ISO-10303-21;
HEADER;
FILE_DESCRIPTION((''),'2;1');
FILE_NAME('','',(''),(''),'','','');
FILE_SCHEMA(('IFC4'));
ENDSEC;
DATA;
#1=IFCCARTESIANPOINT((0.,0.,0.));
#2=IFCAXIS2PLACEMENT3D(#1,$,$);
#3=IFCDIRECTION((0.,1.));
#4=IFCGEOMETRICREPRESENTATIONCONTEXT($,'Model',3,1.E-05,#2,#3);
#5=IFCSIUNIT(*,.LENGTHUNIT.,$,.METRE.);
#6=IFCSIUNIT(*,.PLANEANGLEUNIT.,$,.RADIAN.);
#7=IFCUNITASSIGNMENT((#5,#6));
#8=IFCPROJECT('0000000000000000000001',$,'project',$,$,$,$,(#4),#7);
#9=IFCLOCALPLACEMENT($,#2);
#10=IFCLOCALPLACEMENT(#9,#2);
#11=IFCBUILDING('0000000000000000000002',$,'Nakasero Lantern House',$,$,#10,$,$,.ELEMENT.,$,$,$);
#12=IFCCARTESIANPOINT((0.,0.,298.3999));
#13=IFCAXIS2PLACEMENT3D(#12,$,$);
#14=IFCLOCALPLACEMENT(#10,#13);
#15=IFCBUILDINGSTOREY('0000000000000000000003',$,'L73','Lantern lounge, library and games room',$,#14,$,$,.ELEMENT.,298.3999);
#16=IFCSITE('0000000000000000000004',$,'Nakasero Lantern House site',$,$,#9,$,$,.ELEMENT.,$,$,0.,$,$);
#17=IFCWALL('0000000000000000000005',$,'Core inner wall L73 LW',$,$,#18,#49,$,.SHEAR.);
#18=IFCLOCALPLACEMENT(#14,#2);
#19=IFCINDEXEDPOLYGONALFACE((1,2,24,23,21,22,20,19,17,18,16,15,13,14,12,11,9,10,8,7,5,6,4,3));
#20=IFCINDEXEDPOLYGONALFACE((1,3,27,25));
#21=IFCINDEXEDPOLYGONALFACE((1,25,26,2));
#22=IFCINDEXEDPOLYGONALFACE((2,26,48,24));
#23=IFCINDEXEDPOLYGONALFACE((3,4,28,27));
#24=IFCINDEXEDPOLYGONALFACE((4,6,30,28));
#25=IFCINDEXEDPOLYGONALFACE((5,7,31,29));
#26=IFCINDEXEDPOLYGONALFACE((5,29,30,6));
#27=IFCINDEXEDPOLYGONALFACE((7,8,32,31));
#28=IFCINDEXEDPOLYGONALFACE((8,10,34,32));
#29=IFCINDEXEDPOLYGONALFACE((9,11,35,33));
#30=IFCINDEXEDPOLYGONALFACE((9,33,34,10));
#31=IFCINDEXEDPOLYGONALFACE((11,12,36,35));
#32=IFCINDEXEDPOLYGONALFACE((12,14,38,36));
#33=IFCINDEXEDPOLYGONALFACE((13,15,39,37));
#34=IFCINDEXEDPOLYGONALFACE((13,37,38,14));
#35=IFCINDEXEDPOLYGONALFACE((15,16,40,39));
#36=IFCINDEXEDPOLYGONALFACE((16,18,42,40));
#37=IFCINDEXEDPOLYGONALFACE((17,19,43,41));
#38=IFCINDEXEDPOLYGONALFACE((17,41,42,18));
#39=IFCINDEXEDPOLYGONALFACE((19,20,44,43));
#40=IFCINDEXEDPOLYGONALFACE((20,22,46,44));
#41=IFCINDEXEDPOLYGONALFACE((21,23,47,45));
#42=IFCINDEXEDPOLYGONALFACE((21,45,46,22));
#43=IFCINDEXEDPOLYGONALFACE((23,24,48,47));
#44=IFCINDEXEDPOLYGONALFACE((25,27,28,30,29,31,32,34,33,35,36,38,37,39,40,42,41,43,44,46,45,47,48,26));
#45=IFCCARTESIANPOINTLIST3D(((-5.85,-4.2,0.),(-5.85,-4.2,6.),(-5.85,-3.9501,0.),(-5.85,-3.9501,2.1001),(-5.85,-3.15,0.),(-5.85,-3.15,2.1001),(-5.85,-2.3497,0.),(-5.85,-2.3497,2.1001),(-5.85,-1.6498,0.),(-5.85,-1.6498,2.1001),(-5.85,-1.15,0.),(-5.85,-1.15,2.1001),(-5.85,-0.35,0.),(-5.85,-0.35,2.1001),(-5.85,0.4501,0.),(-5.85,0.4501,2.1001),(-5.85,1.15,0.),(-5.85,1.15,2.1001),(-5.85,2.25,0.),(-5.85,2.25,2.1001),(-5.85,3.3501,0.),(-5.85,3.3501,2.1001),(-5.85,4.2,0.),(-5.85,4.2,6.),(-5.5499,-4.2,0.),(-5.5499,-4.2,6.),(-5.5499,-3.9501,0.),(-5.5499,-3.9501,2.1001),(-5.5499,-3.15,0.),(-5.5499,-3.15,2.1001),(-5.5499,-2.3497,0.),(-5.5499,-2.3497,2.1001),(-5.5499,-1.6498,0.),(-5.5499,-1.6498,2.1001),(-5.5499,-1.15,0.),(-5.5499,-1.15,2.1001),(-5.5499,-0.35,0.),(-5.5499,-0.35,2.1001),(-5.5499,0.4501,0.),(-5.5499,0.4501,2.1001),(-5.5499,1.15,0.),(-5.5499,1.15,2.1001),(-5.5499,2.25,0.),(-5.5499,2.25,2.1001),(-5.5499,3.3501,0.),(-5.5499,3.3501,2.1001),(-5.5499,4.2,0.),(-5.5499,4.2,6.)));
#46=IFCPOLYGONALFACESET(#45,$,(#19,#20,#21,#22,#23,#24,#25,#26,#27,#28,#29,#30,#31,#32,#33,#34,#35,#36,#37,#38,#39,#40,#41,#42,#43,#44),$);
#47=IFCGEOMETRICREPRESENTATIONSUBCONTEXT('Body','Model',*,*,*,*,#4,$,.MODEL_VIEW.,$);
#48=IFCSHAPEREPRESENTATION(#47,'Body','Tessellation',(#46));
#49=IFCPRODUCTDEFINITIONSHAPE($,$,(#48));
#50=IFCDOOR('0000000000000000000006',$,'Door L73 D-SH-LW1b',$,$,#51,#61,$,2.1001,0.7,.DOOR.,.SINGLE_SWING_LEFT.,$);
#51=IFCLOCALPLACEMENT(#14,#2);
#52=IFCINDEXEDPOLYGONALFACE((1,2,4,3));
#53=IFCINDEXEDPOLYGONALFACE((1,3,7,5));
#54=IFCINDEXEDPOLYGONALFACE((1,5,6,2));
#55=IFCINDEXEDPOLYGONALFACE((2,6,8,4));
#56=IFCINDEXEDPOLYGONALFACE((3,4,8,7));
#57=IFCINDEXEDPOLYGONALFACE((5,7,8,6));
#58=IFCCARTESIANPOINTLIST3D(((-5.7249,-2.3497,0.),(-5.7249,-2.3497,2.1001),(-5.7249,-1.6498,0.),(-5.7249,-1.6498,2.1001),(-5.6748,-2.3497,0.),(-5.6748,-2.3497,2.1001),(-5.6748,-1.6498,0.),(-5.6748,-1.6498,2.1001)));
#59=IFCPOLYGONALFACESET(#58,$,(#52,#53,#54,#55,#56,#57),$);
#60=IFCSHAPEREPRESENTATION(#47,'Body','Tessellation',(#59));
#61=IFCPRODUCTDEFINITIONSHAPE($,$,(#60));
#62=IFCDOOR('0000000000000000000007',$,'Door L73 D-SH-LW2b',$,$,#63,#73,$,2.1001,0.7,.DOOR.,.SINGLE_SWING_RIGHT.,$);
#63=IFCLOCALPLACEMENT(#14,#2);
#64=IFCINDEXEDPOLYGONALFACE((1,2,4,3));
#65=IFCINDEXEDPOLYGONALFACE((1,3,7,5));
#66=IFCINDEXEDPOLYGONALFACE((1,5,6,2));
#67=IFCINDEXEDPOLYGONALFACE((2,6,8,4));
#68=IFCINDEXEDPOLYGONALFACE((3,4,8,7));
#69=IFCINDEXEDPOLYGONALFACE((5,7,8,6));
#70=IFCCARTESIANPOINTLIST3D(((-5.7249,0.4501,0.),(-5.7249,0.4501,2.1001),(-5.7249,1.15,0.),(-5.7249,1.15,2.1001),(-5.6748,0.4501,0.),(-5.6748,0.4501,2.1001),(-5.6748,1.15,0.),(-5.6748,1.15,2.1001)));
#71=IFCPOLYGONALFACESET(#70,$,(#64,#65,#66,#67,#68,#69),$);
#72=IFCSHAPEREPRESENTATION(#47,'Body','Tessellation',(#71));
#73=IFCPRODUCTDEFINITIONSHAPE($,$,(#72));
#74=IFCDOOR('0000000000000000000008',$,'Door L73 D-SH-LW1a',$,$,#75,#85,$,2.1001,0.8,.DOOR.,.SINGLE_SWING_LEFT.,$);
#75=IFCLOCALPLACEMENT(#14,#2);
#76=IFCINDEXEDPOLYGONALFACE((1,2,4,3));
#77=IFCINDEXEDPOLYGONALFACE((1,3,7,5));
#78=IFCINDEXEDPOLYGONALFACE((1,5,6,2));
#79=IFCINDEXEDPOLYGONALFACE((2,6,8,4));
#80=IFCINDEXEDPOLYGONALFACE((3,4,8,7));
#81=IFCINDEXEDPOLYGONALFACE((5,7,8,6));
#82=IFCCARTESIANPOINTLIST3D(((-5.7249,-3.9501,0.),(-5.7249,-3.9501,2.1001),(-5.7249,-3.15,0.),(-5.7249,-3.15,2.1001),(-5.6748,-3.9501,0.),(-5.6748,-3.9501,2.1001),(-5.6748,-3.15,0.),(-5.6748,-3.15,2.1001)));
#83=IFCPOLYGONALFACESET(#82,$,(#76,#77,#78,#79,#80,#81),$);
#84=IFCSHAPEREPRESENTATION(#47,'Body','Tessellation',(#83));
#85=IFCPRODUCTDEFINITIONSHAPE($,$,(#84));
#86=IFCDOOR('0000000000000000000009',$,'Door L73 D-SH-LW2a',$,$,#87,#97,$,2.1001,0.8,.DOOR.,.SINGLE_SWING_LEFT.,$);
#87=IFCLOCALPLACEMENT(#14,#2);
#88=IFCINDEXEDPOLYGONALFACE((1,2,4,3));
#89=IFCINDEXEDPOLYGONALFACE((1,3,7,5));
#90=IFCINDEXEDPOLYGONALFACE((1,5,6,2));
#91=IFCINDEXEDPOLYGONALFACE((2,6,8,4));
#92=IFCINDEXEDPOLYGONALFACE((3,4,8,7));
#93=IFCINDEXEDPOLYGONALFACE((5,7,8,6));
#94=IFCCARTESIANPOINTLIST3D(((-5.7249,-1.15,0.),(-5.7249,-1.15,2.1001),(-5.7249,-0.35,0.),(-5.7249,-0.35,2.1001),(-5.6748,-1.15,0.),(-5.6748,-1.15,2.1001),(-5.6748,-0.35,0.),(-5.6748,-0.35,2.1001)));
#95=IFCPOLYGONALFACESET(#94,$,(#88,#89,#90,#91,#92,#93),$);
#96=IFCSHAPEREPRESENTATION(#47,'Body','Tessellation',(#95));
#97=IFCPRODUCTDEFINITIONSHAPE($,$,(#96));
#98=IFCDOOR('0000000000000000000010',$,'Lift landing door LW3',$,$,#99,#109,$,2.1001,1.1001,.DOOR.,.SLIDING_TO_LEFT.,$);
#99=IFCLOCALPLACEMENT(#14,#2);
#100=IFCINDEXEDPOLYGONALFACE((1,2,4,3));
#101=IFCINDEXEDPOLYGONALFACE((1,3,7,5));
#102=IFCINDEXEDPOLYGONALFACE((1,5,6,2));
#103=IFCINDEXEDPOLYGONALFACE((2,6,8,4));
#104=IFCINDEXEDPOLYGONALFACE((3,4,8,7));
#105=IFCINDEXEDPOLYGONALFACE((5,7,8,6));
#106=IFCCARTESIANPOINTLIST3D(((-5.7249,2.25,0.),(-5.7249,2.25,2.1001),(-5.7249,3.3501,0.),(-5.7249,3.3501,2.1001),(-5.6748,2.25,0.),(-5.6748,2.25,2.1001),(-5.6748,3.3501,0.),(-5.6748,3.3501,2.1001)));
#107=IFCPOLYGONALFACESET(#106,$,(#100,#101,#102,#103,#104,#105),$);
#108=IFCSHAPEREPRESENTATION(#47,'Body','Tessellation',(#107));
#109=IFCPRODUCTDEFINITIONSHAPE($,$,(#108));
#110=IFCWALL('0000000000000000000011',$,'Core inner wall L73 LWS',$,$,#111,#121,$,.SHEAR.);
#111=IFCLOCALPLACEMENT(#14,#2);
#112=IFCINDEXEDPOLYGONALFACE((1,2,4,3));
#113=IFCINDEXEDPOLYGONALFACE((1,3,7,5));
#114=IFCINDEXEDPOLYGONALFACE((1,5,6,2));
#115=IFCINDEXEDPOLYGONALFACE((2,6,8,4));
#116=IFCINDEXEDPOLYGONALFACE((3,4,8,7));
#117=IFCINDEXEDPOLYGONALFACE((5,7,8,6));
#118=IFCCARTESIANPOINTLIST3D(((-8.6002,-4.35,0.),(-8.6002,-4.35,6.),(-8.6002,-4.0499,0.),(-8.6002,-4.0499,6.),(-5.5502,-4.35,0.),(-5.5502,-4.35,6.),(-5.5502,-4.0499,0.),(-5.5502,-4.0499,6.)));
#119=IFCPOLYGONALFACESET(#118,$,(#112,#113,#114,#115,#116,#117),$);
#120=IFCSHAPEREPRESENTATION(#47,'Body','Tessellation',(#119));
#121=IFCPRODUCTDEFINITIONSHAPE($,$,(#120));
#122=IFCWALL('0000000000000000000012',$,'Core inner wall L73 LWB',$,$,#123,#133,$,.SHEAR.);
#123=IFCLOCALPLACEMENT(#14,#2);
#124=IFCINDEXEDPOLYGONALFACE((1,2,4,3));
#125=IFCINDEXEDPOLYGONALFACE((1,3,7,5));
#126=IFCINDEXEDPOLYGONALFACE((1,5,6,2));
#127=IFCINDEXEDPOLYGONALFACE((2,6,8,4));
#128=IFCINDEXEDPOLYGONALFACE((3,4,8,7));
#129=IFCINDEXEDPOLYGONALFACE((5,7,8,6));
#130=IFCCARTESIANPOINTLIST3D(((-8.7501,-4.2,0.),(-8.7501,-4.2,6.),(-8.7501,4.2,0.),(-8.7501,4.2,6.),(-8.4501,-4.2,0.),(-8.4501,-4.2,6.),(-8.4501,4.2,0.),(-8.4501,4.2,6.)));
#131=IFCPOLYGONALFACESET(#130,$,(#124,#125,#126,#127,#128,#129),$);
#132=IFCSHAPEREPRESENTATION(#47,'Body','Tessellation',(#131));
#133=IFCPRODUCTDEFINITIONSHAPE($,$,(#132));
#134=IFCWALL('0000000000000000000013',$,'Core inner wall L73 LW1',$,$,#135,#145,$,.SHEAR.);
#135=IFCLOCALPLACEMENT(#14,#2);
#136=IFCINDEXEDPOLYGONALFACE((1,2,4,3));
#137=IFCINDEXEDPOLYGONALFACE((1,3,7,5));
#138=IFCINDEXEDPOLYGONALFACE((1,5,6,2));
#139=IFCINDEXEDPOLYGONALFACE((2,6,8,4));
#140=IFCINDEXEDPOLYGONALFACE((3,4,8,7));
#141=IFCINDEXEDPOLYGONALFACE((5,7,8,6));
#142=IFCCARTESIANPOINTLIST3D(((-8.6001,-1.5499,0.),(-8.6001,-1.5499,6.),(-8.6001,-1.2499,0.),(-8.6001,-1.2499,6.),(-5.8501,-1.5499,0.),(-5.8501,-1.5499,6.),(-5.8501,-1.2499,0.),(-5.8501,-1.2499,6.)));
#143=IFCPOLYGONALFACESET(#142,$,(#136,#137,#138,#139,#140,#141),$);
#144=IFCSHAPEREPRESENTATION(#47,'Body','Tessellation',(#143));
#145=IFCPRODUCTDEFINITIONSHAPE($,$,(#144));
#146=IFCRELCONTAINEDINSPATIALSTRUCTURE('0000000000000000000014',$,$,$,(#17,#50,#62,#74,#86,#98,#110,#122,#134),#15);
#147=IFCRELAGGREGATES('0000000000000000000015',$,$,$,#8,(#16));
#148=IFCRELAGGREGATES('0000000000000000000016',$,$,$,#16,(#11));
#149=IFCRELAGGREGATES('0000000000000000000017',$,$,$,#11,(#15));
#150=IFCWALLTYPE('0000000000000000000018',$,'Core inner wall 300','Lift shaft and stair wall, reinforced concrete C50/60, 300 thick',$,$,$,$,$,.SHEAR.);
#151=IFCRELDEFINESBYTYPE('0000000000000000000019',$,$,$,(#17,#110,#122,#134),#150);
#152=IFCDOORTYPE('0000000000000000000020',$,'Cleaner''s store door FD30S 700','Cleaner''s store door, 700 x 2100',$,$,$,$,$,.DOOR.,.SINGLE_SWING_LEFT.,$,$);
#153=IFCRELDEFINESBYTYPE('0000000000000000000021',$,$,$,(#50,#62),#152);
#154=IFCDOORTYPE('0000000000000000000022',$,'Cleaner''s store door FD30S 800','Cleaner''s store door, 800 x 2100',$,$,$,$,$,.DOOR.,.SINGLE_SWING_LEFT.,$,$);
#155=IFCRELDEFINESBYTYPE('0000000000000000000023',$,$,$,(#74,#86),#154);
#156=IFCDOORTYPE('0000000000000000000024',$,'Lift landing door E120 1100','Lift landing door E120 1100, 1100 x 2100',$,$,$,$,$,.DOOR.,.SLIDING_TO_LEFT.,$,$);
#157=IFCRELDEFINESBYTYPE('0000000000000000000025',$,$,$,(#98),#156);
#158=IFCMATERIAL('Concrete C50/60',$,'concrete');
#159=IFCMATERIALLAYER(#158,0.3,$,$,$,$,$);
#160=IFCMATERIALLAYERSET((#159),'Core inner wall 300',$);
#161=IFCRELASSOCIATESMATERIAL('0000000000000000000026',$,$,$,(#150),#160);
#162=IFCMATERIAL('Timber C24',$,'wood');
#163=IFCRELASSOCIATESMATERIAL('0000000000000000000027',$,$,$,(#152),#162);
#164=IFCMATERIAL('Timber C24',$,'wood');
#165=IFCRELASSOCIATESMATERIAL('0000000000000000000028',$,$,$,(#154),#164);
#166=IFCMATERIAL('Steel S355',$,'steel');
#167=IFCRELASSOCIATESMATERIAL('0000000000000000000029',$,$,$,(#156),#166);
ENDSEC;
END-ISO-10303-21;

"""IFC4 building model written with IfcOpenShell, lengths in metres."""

from ifc_helpers import new_model, si_unit, direction, frame, frame_2d, origin, place, context, subcontext, project, spatial, rectangle, extrude, material, layer, layer_set, type_object, element, fill, save


model = new_model("IFC4")

# Units and contexts
model_context = context("Model", 3, precision=1e-05, world=origin(), true_north=direction((0.0, 1.0)))
body_context = subcontext(model_context, "Body", "Model", "MODEL_VIEW")
ifc_project = project(units=[si_unit("LENGTHUNIT", "METRE"), si_unit("PLANEANGLEUNIT", "RADIAN")], contexts=[model_context])

# Site, building, storey
site_placement = place(None, origin())
site = spatial("IfcSite", under=ifc_project, at=site_placement, Name="Nakasero Lantern House site", CompositionType="ELEMENT", RefElevation=0.0)
building_placement = place(site_placement, origin())
building = spatial("IfcBuilding", under=site, at=building_placement, Name="Nakasero Lantern House", CompositionType="ELEMENT")
storey_placement = place(building_placement, frame((0.0, 0.0, 298.3999)))
storey = spatial("IfcBuildingStorey", under=building, at=storey_placement, Name="L73", Description="Lantern lounge, library and games room", CompositionType="ELEMENT", Elevation=298.3999)

# Wall, openings, doors
ifc_material_1 = material(Name="Concrete C50/60", Category="concrete")
ifc_layer_1 = layer(ifc_material_1, 0.3)
ifc_layer_set_1 = layer_set([ifc_layer_1], Name="Core inner wall 300")
wall_type_1 = type_object("IfcWallType", Name="Core inner wall 300", Description="Lift shaft and stair wall, reinforced concrete C50/60, 300 thick", PredefinedType="SHEAR", material=ifc_layer_set_1)
wall_1_placement = place(storey_placement, frame((-5.7, -4.2, 0.0), z_axis=(0.0, 0.0, 1.0), x_axis=(0.0, 1.0, 0.0)))
wall_1 = element("IfcWall", 1, at=wall_1_placement, inside=storey, type_object=wall_type_1, Name="Core inner wall L73 LW", PredefinedType="SHEAR", context=body_context, shape_type="SweptSolid", body=[
    extrude(rectangle(XDim=8.3999, YDim=0.3, at=frame_2d((4.2, 0.0))), origin(), (0.0, 0.0, 1.0), 6.0),
])
opening_1_placement = place(wall_1_placement, frame((0.25, 0.0, 0.0)))
opening_1 = element("IfcOpeningElement", 2, at=opening_1_placement, cuts=wall_1, PredefinedType="OPENING", context=body_context, shape_type="SweptSolid", body=[
    extrude(rectangle(XDim=0.8, YDim=2.1001, at=frame_2d((0.3999, 1.05))), frame((0.0, 0.1699, 0.0), z_axis=(0.0, -1.0, 0.0), x_axis=(1.0, 0.0, 0.0)), (0.0, 0.0, 1.0), 0.3401),
])
opening_2_placement = place(wall_1_placement, frame((1.8501, 0.0, 0.0)))
opening_2 = element("IfcOpeningElement", 3, at=opening_2_placement, cuts=wall_1, PredefinedType="OPENING", context=body_context, shape_type="SweptSolid", body=[
    extrude(rectangle(XDim=0.7, YDim=2.1001, at=frame_2d((0.3501, 1.05))), frame((0.0, 0.1699, 0.0), z_axis=(0.0, -1.0, 0.0), x_axis=(1.0, 0.0, 0.0)), (0.0, 0.0, 1.0), 0.3401),
])
opening_3_placement = place(wall_1_placement, frame((3.05, 0.0, 0.0)))
opening_3 = element("IfcOpeningElement", 4, at=opening_3_placement, cuts=wall_1, PredefinedType="OPENING", context=body_context, shape_type="SweptSolid", body=[
    extrude(rectangle(XDim=0.8, YDim=2.1001, at=frame_2d((0.3999, 1.05))), frame((0.0, 0.1699, 0.0), z_axis=(0.0, -1.0, 0.0), x_axis=(1.0, 0.0, 0.0)), (0.0, 0.0, 1.0), 0.3401),
])
opening_4_placement = place(wall_1_placement, frame((4.6499, 0.0, 0.0)))
opening_4 = element("IfcOpeningElement", 5, at=opening_4_placement, cuts=wall_1, PredefinedType="OPENING", context=body_context, shape_type="SweptSolid", body=[
    extrude(rectangle(XDim=0.7, YDim=2.1001, at=frame_2d((0.3501, 1.05))), frame((0.0, 0.1699, 0.0), z_axis=(0.0, -1.0, 0.0), x_axis=(1.0, 0.0, 0.0)), (0.0, 0.0, 1.0), 0.3401),
])
opening_5_placement = place(wall_1_placement, frame((6.45, 0.0, 0.0)))
opening_5 = element("IfcOpeningElement", 6, at=opening_5_placement, cuts=wall_1, PredefinedType="OPENING", context=body_context, shape_type="SweptSolid", body=[
    extrude(rectangle(XDim=1.1001, YDim=2.1001, at=frame_2d((0.55, 1.05))), frame((0.0, 0.1699, 0.0), z_axis=(0.0, -1.0, 0.0), x_axis=(1.0, 0.0, 0.0)), (0.0, 0.0, 1.0), 0.3401),
])
ifc_material_2 = material(Name="Timber C24", Category="wood")
door_type_1 = type_object("IfcDoorType", Name="Cleaner's store door FD30S 700", Description="Cleaner's store door, 700 x 2100", OperationType="SINGLE_SWING_LEFT", PredefinedType="DOOR", material=ifc_material_2)
door_1_placement = place(opening_2_placement, origin())
door_1 = element("IfcDoor", 7, at=door_1_placement, inside=storey, type_object=door_type_1, Name="Door L73 D-SH-LW1b", OperationType="SINGLE_SWING_LEFT", OverallHeight=2.1001, OverallWidth=0.7, PredefinedType="DOOR", context=body_context, shape_type="SweptSolid", body=[
    extrude(rectangle(XDim=0.7, YDim=2.1001, at=frame_2d((0.3501, 1.05))), frame((0.0, 0.0249, 0.0), z_axis=(0.0, -1.0, 0.0), x_axis=(1.0, 0.0, 0.0)), (0.0, 0.0, 1.0), 0.05),
])
fill(opening_2, door_1)
door_2_placement = place(opening_4_placement, origin())
door_2 = element("IfcDoor", 8, at=door_2_placement, inside=storey, type_object=door_type_1, Name="Door L73 D-SH-LW2b", OperationType="SINGLE_SWING_RIGHT", OverallHeight=2.1001, OverallWidth=0.7, PredefinedType="DOOR", context=body_context, shape_type="SweptSolid", body=[
    extrude(rectangle(XDim=0.7, YDim=2.1001, at=frame_2d((0.3501, 1.05))), frame((0.0, 0.0249, 0.0), z_axis=(0.0, -1.0, 0.0), x_axis=(1.0, 0.0, 0.0)), (0.0, 0.0, 1.0), 0.05),
])
fill(opening_4, door_2)
ifc_material_3 = material(Name="Timber C24", Category="wood")
door_type_2 = type_object("IfcDoorType", Name="Cleaner's store door FD30S 800", Description="Cleaner's store door, 800 x 2100", OperationType="SINGLE_SWING_LEFT", PredefinedType="DOOR", material=ifc_material_3)
door_3_placement = place(opening_1_placement, origin())
door_3 = element("IfcDoor", 9, at=door_3_placement, inside=storey, type_object=door_type_2, Name="Door L73 D-SH-LW1a", OperationType="SINGLE_SWING_LEFT", OverallHeight=2.1001, OverallWidth=0.8, PredefinedType="DOOR", context=body_context, shape_type="SweptSolid", body=[
    extrude(rectangle(XDim=0.8, YDim=2.1001, at=frame_2d((0.3999, 1.05))), frame((0.0, 0.0249, 0.0), z_axis=(0.0, -1.0, 0.0), x_axis=(1.0, 0.0, 0.0)), (0.0, 0.0, 1.0), 0.05),
])
fill(opening_1, door_3)
door_4_placement = place(opening_3_placement, origin())
door_4 = element("IfcDoor", 10, at=door_4_placement, inside=storey, type_object=door_type_2, Name="Door L73 D-SH-LW2a", OperationType="SINGLE_SWING_LEFT", OverallHeight=2.1001, OverallWidth=0.8, PredefinedType="DOOR", context=body_context, shape_type="SweptSolid", body=[
    extrude(rectangle(XDim=0.8, YDim=2.1001, at=frame_2d((0.3999, 1.05))), frame((0.0, 0.0249, 0.0), z_axis=(0.0, -1.0, 0.0), x_axis=(1.0, 0.0, 0.0)), (0.0, 0.0, 1.0), 0.05),
])
fill(opening_3, door_4)
ifc_material_4 = material(Name="Steel S355", Category="steel")
door_type_3 = type_object("IfcDoorType", Name="Lift landing door E120 1100", Description="Lift landing door E120 1100, 1100 x 2100", OperationType="SLIDING_TO_LEFT", PredefinedType="DOOR", material=ifc_material_4)
door_5_placement = place(opening_5_placement, origin())
door_5 = element("IfcDoor", 11, at=door_5_placement, inside=storey, type_object=door_type_3, Name="Lift landing door LW3", OperationType="SLIDING_TO_LEFT", OverallHeight=2.1001, OverallWidth=1.1001, PredefinedType="DOOR", context=body_context, shape_type="SweptSolid", body=[
    extrude(rectangle(XDim=1.1001, YDim=2.1001, at=frame_2d((0.55, 1.05))), frame((0.0, 0.0249, 0.0), z_axis=(0.0, -1.0, 0.0), x_axis=(1.0, 0.0, 0.0)), (0.0, 0.0, 1.0), 0.05),
])
fill(opening_5, door_5)

# Walls
wall_2_placement = place(storey_placement, frame((-8.6001, -4.2, 0.0), z_axis=(0.0, 0.0, 1.0), x_axis=(1.0, 0.0, 0.0)))
element("IfcWall", 12, at=wall_2_placement, inside=storey, type_object=wall_type_1, Name="Core inner wall L73 LWS", PredefinedType="SHEAR", context=body_context, shape_type="SweptSolid", body=[
    extrude(rectangle(XDim=3.05, YDim=0.3, at=frame_2d((1.5249, 0.0))), origin(), (0.0, 0.0, 1.0), 6.0),
])
wall_3_placement = place(storey_placement, frame((-8.6001, -4.2, 0.0), z_axis=(0.0, 0.0, 1.0), x_axis=(0.0, 1.0, 0.0)))
element("IfcWall", 13, at=wall_3_placement, inside=storey, type_object=wall_type_1, Name="Core inner wall L73 LWB", PredefinedType="SHEAR", context=body_context, shape_type="SweptSolid", body=[
    extrude(rectangle(XDim=8.3999, YDim=0.3, at=frame_2d((4.2, 0.0))), origin(), (0.0, 0.0, 1.0), 6.0),
])
wall_4_placement = place(storey_placement, frame((-8.6001, -1.3999, 0.0), z_axis=(0.0, 0.0, 1.0), x_axis=(1.0, 0.0, 0.0)))
element("IfcWall", 14, at=wall_4_placement, inside=storey, type_object=wall_type_1, Name="Core inner wall L73 LW1", PredefinedType="SHEAR", context=body_context, shape_type="SweptSolid", body=[
    extrude(rectangle(XDim=2.75, YDim=0.3, at=frame_2d((1.375, 0.0))), origin(), (0.0, 0.0, 1.0), 6.0),
])

save(model, "model.ifc")
